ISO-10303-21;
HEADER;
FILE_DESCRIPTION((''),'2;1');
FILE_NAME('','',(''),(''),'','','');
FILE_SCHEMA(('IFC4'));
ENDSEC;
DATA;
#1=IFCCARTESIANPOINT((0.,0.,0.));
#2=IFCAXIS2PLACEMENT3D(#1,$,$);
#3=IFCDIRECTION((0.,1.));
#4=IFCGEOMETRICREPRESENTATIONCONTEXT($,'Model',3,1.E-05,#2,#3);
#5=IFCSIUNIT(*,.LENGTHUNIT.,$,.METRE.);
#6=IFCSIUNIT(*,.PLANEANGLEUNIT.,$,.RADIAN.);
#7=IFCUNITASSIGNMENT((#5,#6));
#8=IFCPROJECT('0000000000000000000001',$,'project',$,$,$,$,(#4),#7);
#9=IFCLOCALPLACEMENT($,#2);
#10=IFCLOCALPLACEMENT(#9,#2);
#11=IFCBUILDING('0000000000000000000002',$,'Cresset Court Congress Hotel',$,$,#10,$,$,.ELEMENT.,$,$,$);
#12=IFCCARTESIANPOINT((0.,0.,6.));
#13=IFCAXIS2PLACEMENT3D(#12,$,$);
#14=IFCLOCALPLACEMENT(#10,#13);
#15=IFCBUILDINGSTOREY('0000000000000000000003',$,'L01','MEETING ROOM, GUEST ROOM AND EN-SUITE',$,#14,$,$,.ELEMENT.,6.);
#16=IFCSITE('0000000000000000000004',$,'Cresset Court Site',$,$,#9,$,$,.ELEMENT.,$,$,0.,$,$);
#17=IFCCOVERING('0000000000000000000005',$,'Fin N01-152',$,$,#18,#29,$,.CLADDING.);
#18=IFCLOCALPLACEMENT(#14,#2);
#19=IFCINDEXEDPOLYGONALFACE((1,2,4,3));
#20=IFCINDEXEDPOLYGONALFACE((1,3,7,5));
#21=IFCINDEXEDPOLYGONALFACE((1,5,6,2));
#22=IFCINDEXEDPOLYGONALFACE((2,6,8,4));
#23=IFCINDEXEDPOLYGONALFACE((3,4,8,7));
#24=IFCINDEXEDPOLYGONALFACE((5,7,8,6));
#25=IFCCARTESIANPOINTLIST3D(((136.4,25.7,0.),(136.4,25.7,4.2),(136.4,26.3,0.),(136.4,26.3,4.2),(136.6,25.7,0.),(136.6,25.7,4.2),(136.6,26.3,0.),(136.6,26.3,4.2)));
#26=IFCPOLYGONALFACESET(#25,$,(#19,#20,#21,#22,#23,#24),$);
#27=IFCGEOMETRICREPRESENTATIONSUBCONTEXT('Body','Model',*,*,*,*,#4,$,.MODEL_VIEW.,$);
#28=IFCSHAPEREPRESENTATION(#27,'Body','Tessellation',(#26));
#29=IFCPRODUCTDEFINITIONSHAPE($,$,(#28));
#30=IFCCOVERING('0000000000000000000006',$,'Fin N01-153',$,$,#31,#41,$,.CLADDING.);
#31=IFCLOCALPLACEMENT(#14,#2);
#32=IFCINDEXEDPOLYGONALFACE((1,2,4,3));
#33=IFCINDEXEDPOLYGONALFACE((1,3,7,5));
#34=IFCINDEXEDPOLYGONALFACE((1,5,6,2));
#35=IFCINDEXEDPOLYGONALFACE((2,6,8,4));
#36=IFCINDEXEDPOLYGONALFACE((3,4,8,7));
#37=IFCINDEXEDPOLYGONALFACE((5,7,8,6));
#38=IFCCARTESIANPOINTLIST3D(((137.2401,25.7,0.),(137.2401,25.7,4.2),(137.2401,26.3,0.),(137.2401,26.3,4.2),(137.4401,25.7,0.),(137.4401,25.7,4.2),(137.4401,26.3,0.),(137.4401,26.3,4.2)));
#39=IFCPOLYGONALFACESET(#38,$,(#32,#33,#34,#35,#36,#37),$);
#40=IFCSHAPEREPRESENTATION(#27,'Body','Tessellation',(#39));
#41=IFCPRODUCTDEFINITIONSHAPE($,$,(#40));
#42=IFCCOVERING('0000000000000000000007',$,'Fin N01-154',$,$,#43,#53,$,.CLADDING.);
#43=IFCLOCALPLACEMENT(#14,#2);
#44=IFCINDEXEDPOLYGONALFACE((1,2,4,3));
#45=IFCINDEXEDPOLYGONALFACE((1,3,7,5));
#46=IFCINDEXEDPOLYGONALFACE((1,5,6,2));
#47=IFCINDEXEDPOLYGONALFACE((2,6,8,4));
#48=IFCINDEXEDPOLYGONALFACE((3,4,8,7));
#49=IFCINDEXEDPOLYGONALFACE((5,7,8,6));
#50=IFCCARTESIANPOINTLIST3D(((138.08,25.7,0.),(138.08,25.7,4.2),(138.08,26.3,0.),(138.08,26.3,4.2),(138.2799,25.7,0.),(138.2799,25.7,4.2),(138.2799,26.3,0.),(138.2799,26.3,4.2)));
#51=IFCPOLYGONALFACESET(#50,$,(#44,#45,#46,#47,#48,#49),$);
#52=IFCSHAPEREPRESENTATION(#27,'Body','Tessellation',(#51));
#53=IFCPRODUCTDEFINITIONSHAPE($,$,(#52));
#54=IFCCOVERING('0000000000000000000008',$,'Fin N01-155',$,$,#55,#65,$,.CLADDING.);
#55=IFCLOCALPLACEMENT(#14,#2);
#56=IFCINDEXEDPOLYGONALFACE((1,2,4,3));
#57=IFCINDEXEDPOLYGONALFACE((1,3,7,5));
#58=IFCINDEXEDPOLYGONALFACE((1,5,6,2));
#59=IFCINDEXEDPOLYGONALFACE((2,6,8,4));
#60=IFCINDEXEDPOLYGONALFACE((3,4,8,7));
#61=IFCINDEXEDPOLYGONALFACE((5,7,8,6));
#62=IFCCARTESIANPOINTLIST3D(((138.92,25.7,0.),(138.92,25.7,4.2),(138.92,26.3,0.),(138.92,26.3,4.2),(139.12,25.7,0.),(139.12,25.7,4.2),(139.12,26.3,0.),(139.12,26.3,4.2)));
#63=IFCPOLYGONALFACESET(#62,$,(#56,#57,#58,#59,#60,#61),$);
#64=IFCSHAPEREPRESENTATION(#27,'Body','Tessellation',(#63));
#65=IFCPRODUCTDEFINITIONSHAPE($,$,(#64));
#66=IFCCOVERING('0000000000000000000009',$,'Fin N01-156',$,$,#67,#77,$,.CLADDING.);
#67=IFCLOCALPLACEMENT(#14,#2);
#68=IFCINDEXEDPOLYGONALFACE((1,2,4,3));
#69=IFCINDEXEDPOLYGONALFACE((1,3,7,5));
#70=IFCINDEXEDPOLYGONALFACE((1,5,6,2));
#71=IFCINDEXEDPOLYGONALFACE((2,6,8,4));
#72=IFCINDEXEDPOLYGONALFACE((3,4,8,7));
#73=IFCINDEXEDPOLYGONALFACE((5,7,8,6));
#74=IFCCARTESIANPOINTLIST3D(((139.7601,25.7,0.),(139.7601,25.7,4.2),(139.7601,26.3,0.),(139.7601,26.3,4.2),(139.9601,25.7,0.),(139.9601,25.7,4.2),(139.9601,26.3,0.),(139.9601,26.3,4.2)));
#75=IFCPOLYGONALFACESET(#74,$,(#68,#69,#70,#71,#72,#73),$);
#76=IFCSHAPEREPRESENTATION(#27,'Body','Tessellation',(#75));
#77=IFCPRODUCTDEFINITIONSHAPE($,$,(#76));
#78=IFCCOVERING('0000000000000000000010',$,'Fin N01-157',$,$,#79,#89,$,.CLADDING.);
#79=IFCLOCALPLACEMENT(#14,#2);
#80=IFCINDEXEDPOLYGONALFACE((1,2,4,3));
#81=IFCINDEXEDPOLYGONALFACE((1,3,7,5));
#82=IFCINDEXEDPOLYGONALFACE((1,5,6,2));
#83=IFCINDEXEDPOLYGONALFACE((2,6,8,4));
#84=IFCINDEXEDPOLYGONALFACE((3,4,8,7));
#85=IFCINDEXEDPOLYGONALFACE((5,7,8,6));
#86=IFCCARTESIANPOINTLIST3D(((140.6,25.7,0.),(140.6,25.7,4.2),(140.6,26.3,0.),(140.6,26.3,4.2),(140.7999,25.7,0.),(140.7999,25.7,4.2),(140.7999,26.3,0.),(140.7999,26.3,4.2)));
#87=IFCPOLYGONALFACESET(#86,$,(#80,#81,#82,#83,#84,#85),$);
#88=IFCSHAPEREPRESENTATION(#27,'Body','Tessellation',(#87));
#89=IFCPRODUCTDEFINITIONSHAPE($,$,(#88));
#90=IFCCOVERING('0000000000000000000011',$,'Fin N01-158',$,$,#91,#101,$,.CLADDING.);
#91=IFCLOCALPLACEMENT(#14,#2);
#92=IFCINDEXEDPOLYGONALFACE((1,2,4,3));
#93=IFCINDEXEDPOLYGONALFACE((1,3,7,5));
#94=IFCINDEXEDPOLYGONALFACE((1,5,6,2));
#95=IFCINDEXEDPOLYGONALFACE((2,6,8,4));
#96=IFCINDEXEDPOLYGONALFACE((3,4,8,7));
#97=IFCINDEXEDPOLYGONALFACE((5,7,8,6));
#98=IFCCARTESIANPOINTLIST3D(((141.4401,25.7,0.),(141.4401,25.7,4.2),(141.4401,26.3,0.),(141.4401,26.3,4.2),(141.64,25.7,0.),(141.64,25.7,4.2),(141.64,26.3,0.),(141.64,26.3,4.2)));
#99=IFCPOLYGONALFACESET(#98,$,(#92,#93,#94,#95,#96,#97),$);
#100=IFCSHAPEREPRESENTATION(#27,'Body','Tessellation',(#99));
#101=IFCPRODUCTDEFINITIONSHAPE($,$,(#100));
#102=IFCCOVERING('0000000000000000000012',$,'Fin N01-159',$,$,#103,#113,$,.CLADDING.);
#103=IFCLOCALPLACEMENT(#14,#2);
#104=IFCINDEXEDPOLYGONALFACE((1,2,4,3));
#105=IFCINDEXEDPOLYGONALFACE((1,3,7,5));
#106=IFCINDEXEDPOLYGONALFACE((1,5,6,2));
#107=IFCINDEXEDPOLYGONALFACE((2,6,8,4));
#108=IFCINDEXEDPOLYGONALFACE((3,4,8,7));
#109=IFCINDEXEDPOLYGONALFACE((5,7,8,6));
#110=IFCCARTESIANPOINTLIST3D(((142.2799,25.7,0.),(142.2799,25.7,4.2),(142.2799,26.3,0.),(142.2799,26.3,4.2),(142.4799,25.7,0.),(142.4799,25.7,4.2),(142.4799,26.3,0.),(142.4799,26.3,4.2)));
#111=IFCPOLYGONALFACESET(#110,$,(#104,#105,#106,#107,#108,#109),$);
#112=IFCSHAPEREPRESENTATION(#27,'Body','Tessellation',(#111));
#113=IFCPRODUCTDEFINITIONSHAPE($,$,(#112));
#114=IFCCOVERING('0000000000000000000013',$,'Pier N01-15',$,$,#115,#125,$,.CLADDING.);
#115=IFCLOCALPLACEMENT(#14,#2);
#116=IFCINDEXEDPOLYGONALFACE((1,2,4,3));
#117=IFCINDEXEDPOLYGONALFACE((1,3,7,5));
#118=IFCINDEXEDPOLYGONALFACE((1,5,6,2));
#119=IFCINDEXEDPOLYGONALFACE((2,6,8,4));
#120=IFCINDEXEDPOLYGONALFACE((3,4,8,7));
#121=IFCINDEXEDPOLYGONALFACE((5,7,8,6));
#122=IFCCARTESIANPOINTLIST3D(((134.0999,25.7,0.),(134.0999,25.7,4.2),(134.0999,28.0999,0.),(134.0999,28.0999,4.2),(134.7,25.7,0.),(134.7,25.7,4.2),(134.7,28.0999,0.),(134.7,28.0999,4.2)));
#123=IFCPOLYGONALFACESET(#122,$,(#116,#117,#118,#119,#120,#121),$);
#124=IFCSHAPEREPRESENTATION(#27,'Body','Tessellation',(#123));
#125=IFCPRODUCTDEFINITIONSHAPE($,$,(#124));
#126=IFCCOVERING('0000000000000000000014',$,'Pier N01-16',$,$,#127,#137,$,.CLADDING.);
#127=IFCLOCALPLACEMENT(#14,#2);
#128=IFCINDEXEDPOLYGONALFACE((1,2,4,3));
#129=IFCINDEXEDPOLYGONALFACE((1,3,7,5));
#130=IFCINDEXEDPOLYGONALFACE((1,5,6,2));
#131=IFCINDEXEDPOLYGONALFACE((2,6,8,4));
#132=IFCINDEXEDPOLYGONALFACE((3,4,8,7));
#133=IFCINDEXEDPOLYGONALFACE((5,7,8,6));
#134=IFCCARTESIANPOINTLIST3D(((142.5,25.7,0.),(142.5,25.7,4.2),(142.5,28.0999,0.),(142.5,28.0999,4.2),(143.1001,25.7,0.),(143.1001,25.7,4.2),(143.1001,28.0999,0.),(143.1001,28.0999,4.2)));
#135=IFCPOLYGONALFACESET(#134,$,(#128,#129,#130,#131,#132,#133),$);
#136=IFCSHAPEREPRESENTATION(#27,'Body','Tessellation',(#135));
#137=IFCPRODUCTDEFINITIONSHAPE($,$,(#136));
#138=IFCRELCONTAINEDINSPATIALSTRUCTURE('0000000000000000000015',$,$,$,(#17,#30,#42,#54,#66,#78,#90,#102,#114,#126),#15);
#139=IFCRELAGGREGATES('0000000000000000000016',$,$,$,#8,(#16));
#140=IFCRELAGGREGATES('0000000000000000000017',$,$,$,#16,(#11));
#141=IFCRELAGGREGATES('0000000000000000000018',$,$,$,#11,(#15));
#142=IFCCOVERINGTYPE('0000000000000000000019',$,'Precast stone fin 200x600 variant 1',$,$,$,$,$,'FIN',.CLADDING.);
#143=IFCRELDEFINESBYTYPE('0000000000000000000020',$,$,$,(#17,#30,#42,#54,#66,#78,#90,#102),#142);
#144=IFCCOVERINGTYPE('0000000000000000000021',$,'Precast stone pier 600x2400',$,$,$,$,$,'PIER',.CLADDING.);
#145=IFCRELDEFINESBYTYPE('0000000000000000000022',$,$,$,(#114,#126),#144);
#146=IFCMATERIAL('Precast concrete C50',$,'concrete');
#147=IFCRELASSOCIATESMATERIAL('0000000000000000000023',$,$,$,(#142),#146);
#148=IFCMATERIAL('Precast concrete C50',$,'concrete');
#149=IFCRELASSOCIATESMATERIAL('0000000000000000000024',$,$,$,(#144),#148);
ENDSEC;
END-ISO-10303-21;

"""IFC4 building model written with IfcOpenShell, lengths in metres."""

from ifc_helpers import new_model, si_unit, direction, frame, origin, origin_2d, place, context, subcontext, project, spatial, rectangle, extrude, material, type_object, element, save


model = new_model("IFC4")

# Units and contexts
model_context = context("Model", 3, precision=1e-05, world=origin(), true_north=direction((0.0, 1.0)))
body_context = subcontext(model_context, "Body", "Model", "MODEL_VIEW")
ifc_project = project(units=[si_unit("LENGTHUNIT", "METRE"), si_unit("PLANEANGLEUNIT", "RADIAN")], contexts=[model_context])

# Site, building, storey
site_placement = place(None, origin())
site = spatial("IfcSite", under=ifc_project, at=site_placement, Name="Cresset Court Site", CompositionType="ELEMENT", RefElevation=0.0)
building_placement = place(site_placement, origin())
building = spatial("IfcBuilding", under=site, at=building_placement, Name="Cresset Court Congress Hotel", CompositionType="ELEMENT")
storey_placement = place(building_placement, frame((0.0, 0.0, 6.0)))
storey = spatial("IfcBuildingStorey", under=building, at=storey_placement, Name="L01", Description="MEETING ROOM, GUEST ROOM AND EN-SUITE", CompositionType="ELEMENT", Elevation=6.0)

# Coverings
ifc_material_1 = material(Name="Precast concrete C50", Category="concrete")
covering_type_1 = type_object("IfcCoveringType", Name="Precast stone fin 200x600 variant 1", ElementType="FIN", PredefinedType="CLADDING", material=ifc_material_1)
for number, where, z_axis, x_axis, name in (
    (1, (136.5, 26.0, 0.0), (0.0, 0.0, 1.0), (1.0, 0.0, 0.0), "Fin N01-152"),
    (2, (137.3401, 26.0, 0.0), (0.0, 0.0, 1.0), (1.0, 0.0, 0.0), "Fin N01-153"),
    (3, (138.1799, 26.0, 0.0), (0.0, 0.0, 1.0), (1.0, 0.0, 0.0), "Fin N01-154"),
    (4, (139.02, 26.0, 0.0), (0.0, 0.0, 1.0), (1.0, 0.0, 0.0), "Fin N01-155"),
    (5, (139.8601, 26.0, 0.0), (0.0, 0.0, 1.0), (1.0, 0.0, 0.0), "Fin N01-156"),
    (6, (140.7, 26.0, 0.0), (0.0, 0.0, 1.0), (1.0, 0.0, 0.0), "Fin N01-157"),
    (7, (141.54, 26.0, 0.0), (0.0, 0.0, 1.0), (1.0, 0.0, 0.0), "Fin N01-158"),
    (8, (142.3799, 26.0, 0.0), (0.0, 0.0, 1.0), (1.0, 0.0, 0.0), "Fin N01-159"),
):
    element("IfcCovering", number, at=place(storey_placement, frame(where, z_axis=z_axis, x_axis=x_axis)), inside=storey, type_object=covering_type_1, Name=name, PredefinedType="CLADDING", context=body_context, shape_type="SweptSolid", body=[
        extrude(rectangle(XDim=0.2, YDim=0.6001, at=origin_2d()), origin(), (0.0, 0.0, 1.0), 4.2),
    ])
ifc_material_2 = material(Name="Precast concrete C50", Category="concrete")
covering_type_2 = type_object("IfcCoveringType", Name="Precast stone pier 600x2400", ElementType="PIER", PredefinedType="CLADDING", material=ifc_material_2)
for number, where, z_axis, x_axis, name in (
    (9, (134.3999, 26.8999, 0.0), (0.0, 0.0, 1.0), (1.0, 0.0, 0.0), "Pier N01-15"),
    (10, (142.8, 26.8999, 0.0), (0.0, 0.0, 1.0), (1.0, 0.0, 0.0), "Pier N01-16"),
):
    element("IfcCovering", number, at=place(storey_placement, frame(where, z_axis=z_axis, x_axis=x_axis)), inside=storey, type_object=covering_type_2, Name=name, PredefinedType="CLADDING", context=body_context, shape_type="SweptSolid", body=[
        extrude(rectangle(XDim=0.6001, YDim=2.3999, at=origin_2d()), origin(), (0.0, 0.0, 1.0), 4.2),
    ])

save(model, "model.ifc")
